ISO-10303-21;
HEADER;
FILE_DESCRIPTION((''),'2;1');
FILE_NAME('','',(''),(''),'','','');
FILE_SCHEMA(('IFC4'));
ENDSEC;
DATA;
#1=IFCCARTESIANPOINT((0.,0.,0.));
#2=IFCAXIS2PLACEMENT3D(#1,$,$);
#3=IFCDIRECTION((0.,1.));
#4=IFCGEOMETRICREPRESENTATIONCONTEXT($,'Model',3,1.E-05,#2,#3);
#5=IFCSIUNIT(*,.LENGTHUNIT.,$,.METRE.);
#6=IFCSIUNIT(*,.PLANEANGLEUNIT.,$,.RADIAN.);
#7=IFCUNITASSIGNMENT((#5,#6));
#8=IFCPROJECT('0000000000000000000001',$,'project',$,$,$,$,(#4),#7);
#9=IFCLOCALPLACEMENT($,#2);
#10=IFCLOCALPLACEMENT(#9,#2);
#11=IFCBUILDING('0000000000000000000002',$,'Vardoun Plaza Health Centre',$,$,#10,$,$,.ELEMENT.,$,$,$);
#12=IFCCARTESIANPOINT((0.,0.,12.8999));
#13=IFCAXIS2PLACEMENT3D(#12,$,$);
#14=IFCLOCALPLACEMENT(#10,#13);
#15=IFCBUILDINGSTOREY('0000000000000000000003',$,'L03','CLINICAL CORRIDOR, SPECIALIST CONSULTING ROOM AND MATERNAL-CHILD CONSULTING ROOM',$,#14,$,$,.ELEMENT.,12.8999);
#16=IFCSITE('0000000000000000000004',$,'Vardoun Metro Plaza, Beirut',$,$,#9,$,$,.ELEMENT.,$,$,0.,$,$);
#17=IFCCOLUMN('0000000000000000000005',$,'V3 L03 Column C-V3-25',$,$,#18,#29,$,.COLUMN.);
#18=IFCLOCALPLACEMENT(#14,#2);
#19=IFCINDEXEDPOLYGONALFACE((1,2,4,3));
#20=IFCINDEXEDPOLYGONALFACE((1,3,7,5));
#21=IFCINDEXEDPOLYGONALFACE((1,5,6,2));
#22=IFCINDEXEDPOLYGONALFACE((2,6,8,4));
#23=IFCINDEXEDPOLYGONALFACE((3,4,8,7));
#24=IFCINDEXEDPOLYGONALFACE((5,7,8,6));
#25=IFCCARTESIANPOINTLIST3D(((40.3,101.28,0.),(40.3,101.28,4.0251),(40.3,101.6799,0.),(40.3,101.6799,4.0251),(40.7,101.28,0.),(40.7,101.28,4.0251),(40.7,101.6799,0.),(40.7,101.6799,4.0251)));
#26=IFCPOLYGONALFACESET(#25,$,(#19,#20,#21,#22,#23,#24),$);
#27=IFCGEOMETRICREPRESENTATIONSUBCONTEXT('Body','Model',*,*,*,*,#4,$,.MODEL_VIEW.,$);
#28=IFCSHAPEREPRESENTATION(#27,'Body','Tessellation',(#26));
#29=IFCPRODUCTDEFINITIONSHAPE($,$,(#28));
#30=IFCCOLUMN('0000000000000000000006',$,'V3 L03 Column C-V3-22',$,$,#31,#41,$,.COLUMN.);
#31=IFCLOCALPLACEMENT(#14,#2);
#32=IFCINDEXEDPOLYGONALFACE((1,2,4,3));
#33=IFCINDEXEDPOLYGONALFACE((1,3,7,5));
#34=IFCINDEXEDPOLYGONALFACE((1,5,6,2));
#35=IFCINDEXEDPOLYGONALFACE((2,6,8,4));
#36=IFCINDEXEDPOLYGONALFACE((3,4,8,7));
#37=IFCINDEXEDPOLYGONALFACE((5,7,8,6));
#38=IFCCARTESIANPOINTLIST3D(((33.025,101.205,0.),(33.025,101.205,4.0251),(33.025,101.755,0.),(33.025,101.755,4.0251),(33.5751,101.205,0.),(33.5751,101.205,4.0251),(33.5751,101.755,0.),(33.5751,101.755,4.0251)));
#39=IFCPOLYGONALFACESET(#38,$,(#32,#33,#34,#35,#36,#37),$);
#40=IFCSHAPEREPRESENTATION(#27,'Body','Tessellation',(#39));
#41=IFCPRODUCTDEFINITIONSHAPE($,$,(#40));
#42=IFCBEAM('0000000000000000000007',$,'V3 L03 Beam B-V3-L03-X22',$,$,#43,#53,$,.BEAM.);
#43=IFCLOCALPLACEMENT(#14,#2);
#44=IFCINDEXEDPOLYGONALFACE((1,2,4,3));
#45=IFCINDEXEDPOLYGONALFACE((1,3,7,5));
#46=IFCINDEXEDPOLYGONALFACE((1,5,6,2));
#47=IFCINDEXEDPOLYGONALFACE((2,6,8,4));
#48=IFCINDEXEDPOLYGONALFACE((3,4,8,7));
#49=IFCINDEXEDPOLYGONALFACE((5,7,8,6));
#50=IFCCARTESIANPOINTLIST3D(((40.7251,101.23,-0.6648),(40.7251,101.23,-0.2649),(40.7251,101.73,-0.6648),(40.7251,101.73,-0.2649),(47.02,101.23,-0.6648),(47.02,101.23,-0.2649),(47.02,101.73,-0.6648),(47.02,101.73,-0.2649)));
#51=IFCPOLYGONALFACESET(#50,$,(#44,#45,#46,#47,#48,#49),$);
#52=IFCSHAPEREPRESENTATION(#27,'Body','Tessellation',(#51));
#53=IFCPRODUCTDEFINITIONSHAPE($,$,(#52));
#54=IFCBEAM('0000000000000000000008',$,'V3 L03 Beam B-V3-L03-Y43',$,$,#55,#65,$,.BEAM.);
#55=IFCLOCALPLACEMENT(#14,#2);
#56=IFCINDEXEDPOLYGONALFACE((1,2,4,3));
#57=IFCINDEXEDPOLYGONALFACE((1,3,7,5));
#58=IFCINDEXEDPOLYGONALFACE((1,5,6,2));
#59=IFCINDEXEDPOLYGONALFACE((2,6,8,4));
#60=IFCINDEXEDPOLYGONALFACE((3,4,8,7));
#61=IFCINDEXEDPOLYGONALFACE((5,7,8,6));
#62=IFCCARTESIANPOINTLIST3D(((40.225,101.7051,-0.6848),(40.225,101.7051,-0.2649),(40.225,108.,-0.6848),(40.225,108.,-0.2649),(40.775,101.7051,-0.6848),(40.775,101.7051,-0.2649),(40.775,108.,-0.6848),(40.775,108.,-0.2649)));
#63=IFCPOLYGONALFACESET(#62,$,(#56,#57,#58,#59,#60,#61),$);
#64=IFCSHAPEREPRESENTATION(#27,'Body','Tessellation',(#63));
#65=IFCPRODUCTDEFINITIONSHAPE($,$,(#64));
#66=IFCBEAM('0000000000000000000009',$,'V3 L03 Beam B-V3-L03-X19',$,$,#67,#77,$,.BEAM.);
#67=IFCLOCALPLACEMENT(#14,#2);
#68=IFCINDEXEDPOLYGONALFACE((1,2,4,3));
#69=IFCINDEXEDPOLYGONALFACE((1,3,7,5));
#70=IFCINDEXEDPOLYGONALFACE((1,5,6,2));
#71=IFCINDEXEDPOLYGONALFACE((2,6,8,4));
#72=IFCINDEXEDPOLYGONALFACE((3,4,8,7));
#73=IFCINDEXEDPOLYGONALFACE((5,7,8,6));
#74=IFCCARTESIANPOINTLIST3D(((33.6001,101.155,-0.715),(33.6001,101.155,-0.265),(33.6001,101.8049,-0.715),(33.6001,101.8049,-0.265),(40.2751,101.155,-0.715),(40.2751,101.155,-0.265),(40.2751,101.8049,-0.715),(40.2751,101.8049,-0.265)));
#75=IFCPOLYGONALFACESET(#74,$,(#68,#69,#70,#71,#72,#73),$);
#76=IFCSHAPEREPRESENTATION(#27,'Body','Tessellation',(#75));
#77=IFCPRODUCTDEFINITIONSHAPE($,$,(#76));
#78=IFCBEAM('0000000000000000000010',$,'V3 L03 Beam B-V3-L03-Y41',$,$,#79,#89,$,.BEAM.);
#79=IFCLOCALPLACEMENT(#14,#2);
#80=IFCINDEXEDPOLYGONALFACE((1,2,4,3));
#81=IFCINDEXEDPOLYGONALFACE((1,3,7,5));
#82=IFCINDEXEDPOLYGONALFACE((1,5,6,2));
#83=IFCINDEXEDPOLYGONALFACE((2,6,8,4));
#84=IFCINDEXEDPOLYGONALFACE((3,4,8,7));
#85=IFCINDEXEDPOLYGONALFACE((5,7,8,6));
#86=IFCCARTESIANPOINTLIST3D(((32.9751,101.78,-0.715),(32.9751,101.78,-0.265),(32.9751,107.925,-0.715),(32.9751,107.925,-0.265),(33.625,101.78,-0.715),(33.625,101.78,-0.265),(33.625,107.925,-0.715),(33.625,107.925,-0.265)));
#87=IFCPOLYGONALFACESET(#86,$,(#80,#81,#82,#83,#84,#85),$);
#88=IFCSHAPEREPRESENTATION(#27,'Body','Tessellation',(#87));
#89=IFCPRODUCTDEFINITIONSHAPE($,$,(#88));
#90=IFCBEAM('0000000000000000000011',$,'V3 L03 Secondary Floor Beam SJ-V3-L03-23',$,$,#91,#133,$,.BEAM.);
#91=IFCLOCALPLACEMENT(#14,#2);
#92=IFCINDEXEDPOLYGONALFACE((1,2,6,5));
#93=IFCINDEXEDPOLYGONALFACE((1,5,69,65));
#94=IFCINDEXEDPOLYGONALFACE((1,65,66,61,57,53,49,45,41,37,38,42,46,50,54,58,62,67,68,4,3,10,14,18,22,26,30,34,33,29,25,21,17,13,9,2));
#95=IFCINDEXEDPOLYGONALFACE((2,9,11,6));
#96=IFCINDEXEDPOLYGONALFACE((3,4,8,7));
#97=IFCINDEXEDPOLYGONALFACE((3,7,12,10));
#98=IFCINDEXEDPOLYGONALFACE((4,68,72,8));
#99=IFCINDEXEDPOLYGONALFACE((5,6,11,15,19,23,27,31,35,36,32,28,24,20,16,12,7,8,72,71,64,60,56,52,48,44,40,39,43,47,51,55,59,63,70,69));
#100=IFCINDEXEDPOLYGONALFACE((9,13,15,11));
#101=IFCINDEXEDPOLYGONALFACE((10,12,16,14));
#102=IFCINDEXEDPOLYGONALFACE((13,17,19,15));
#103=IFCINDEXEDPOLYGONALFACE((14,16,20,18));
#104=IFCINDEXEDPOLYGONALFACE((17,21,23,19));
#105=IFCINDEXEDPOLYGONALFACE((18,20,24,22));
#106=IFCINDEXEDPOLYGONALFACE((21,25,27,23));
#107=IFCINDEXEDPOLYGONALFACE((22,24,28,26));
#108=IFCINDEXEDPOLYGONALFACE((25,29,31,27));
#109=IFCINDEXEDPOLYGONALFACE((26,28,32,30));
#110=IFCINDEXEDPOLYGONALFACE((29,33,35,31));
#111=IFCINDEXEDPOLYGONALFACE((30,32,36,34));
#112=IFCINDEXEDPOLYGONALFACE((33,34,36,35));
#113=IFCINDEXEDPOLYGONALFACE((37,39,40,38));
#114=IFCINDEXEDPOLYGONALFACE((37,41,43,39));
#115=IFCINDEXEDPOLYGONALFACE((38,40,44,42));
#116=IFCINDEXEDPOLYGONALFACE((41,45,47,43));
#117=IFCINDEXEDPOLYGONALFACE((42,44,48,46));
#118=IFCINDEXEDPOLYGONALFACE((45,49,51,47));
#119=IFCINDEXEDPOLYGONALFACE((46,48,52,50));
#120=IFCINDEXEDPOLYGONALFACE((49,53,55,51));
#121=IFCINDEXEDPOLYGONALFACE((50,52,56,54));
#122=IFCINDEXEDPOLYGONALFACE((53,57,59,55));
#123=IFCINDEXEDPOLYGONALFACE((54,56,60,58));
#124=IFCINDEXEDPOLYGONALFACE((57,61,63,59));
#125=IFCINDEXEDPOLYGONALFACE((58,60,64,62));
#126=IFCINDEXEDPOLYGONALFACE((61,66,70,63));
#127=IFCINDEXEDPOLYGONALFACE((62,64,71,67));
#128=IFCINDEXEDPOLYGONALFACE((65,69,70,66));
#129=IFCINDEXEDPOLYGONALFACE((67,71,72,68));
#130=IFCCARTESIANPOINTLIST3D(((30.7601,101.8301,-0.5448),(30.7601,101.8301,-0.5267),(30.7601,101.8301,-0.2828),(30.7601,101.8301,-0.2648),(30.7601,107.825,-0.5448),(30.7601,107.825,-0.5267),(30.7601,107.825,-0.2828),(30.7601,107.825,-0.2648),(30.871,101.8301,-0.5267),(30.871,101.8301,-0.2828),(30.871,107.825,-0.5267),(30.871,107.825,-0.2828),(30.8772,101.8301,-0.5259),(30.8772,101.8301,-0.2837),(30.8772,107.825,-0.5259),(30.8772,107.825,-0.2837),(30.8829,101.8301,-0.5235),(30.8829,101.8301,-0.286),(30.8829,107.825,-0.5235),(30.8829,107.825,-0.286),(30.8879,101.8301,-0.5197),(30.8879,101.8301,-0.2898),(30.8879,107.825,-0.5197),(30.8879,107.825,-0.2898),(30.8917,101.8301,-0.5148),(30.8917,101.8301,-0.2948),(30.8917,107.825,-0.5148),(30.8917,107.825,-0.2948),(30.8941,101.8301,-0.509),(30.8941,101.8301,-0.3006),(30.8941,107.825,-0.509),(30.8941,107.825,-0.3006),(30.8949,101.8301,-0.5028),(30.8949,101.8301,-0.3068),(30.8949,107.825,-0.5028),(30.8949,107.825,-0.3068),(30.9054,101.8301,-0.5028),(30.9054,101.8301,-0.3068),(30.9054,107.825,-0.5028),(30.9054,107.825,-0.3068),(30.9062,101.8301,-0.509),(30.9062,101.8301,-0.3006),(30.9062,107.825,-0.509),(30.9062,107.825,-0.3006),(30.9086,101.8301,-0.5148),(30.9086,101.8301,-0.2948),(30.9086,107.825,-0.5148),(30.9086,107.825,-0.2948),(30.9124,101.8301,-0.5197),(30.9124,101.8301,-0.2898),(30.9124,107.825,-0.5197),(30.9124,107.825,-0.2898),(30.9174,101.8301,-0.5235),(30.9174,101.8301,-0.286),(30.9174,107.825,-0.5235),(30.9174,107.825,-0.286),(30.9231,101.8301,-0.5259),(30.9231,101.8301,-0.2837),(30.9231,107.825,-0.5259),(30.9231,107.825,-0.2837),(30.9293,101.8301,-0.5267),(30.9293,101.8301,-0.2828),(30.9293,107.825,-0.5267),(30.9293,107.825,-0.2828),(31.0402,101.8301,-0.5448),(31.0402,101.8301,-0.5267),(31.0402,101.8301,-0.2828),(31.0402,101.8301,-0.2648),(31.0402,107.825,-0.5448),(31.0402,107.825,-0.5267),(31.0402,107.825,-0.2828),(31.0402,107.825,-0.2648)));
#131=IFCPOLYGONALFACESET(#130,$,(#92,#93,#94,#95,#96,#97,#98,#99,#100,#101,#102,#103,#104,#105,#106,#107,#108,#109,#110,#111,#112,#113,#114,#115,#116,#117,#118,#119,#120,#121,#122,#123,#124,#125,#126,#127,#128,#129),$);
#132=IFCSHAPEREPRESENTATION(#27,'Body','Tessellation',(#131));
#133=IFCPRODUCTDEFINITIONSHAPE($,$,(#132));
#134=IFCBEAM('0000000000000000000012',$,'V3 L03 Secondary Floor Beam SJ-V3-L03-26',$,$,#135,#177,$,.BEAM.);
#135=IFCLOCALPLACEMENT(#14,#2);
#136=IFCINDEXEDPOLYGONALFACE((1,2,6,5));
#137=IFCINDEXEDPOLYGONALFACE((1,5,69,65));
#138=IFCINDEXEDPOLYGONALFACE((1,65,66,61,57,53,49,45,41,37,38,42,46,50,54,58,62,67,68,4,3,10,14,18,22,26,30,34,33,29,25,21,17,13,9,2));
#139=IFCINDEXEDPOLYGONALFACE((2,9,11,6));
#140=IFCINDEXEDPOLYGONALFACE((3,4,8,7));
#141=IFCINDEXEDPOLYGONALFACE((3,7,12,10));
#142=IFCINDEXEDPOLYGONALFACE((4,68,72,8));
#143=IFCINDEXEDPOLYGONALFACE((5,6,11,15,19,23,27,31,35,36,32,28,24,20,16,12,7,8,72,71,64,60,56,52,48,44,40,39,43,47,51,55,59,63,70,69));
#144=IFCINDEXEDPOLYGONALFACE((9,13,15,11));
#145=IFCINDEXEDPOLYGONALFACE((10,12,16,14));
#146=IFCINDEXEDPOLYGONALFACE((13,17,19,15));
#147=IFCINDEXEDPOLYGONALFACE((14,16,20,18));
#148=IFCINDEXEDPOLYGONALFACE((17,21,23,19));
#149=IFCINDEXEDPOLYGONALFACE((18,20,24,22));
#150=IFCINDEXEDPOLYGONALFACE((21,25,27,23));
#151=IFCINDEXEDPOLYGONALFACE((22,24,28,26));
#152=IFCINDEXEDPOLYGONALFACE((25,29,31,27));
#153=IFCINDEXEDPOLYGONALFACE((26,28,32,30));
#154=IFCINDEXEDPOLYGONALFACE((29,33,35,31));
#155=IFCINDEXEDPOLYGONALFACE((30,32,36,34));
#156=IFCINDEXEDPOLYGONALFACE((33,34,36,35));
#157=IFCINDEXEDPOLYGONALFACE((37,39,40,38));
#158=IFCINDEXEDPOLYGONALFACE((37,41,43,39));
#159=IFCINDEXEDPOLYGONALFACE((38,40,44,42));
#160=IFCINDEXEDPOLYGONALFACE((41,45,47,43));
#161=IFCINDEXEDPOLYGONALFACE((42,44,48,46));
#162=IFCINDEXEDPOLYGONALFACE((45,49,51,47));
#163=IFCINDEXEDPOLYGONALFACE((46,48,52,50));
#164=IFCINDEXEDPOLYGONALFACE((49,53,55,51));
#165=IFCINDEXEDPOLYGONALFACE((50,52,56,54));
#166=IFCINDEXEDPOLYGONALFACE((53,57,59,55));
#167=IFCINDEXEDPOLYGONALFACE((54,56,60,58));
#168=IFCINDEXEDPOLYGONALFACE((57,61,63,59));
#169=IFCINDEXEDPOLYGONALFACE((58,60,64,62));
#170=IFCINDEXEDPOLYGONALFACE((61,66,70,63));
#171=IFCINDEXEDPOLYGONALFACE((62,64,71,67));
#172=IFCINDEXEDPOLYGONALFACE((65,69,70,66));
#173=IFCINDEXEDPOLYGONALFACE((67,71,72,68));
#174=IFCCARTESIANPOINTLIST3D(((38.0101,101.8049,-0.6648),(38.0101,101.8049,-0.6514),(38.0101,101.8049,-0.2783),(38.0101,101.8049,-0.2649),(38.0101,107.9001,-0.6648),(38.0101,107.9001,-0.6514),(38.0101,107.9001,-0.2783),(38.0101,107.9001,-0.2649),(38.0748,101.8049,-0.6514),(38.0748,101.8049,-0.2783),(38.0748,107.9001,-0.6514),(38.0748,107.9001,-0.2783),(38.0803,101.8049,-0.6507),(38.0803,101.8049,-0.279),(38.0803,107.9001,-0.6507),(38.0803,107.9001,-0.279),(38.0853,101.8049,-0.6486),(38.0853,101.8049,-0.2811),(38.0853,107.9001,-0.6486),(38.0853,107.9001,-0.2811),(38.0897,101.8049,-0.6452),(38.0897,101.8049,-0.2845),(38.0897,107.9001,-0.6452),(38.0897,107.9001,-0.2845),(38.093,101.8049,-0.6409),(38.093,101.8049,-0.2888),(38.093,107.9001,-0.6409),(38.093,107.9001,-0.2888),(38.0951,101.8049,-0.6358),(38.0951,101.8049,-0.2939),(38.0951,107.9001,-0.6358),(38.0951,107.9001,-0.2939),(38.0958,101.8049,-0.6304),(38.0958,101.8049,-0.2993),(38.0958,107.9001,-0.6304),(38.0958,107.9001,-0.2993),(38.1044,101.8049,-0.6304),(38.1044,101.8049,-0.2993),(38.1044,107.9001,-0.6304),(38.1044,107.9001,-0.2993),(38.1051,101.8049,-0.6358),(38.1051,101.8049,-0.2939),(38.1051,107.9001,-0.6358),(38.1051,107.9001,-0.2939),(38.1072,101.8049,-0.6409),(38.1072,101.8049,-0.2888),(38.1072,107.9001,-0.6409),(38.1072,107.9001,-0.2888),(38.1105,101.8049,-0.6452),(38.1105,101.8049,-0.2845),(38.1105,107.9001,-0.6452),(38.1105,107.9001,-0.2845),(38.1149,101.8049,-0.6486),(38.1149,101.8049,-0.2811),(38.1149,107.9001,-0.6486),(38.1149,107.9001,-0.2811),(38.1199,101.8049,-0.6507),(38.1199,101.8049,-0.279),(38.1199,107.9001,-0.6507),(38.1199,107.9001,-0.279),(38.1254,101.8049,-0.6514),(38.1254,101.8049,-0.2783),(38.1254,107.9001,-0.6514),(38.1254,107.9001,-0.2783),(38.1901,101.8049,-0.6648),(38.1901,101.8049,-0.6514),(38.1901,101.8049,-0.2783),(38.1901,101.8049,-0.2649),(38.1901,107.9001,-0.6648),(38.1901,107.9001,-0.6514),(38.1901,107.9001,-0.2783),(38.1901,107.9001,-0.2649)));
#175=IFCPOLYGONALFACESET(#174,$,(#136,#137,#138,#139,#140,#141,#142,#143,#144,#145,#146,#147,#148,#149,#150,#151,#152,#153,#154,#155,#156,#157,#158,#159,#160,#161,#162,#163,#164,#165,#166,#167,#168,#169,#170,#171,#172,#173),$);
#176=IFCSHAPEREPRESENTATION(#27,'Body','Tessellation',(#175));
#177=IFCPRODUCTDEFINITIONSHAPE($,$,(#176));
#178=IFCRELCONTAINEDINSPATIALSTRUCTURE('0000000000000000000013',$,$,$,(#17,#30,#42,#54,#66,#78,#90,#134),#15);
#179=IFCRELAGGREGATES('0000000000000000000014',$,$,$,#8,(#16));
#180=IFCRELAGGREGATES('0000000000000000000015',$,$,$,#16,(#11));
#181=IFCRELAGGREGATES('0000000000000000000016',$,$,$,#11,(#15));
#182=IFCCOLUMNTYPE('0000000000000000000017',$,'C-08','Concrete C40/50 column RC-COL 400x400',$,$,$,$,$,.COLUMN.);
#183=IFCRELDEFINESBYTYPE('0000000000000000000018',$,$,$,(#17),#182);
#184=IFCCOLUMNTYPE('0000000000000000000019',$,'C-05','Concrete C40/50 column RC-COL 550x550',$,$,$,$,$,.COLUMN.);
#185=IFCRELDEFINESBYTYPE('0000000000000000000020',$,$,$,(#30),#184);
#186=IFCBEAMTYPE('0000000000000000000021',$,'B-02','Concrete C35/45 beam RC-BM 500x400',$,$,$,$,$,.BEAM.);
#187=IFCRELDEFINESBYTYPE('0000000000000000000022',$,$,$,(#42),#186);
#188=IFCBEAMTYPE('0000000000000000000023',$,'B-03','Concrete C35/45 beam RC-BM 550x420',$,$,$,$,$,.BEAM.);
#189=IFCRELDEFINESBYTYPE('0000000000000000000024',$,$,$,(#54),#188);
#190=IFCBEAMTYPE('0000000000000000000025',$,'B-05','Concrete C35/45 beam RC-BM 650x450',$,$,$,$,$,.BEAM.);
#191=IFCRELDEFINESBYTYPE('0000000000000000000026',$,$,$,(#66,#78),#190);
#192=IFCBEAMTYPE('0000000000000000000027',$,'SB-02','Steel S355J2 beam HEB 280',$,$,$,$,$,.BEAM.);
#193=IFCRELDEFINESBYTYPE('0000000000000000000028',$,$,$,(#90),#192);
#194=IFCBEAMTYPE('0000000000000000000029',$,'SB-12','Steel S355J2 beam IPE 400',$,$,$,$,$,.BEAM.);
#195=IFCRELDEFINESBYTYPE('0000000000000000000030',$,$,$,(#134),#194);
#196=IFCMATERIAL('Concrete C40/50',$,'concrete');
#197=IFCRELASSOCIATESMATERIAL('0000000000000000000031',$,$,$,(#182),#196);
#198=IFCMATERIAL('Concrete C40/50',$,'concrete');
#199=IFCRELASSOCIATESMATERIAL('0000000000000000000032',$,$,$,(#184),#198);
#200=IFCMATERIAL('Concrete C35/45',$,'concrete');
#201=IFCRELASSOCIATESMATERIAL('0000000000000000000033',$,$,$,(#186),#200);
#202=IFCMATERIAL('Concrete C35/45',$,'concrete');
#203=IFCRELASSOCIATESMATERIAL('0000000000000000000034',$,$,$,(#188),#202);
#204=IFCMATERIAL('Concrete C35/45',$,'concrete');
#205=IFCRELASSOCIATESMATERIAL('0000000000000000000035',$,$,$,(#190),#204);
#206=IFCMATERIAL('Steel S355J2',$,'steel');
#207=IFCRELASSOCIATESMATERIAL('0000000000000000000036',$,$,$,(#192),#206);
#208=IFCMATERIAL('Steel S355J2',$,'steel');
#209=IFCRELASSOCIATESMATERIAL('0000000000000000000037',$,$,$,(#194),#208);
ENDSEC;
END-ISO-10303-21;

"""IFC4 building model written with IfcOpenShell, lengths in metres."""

from ifc_helpers import new_model, si_unit, direction, frame, origin, origin_2d, place, context, subcontext, project, spatial, rectangle, i_section, extrude, material, material_profile, profile_set, type_object, element, save


model = new_model("IFC4")

# Units and contexts
model_context = context("Model", 3, precision=1e-05, world=origin(), true_north=direction((0.0, 1.0)))
body_context = subcontext(model_context, "Body", "Model", "MODEL_VIEW")
ifc_project = project(units=[si_unit("LENGTHUNIT", "METRE"), si_unit("PLANEANGLEUNIT", "RADIAN")], contexts=[model_context])

# Site, building, storey
site_placement = place(None, origin())
site = spatial("IfcSite", under=ifc_project, at=site_placement, Name="Vardoun Metro Plaza, Beirut", CompositionType="ELEMENT", RefElevation=0.0)
building_placement = place(site_placement, origin())
building = spatial("IfcBuilding", under=site, at=building_placement, Name="Vardoun Plaza Health Centre", CompositionType="ELEMENT")
storey_placement = place(building_placement, frame((0.0, 0.0, 12.8999)))
storey = spatial("IfcBuildingStorey", under=building, at=storey_placement, Name="L03", Description="CLINICAL CORRIDOR, SPECIALIST CONSULTING ROOM AND MATERNAL-CHILD CONSULTING ROOM", CompositionType="ELEMENT", Elevation=12.8999)

# Columns
ifc_material_1 = material(Name="Concrete C40/50", Category="concrete")
ifc_material_profile_1 = material_profile(ifc_material_1, rectangle(XDim=0.3999, YDim=0.3999, at=origin_2d()), Name="RC-COL 400x400")
ifc_profile_set_1 = profile_set([ifc_material_profile_1], Name="Concrete C40/50")
column_type_1 = type_object("IfcColumnType", Name="C-08", Description="Concrete C40/50 column RC-COL 400x400", PredefinedType="COLUMN", material=ifc_profile_set_1)
column_1_placement = place(storey_placement, frame((40.5, 101.48, 0.0), z_axis=(0.0, 0.0, 1.0), x_axis=(1.0, 0.0, 0.0)))
element("IfcColumn", 1, at=column_1_placement, inside=storey, type_object=column_type_1, Name="V3 L03 Column C-V3-25", PredefinedType="COLUMN", context=body_context, shape_type="SweptSolid", body=[
    extrude(rectangle(XDim=0.3999, YDim=0.3999, at=origin_2d()), origin(), (0.0, 0.0, 1.0), 4.0251),
])
ifc_material_2 = material(Name="Concrete C40/50", Category="concrete")
ifc_material_profile_2 = material_profile(ifc_material_2, rectangle(XDim=0.55, YDim=0.55, at=origin_2d()), Name="RC-COL 550x550")
ifc_profile_set_2 = profile_set([ifc_material_profile_2], Name="Concrete C40/50")
column_type_2 = type_object("IfcColumnType", Name="C-05", Description="Concrete C40/50 column RC-COL 550x550", PredefinedType="COLUMN", material=ifc_profile_set_2)
column_2_placement = place(storey_placement, frame((33.3, 101.48, 0.0), z_axis=(0.0, 0.0, 1.0), x_axis=(1.0, 0.0, 0.0)))
element("IfcColumn", 2, at=column_2_placement, inside=storey, type_object=column_type_2, Name="V3 L03 Column C-V3-22", PredefinedType="COLUMN", context=body_context, shape_type="SweptSolid", body=[
    extrude(rectangle(XDim=0.55, YDim=0.55, at=origin_2d()), origin(), (0.0, 0.0, 1.0), 4.0251),
])

# Beams
ifc_material_3 = material(Name="Concrete C35/45", Category="concrete")
ifc_material_profile_3 = material_profile(ifc_material_3, rectangle(XDim=0.5, YDim=0.3999, at=origin_2d()), Name="RC-BM 500x400")
ifc_profile_set_3 = profile_set([ifc_material_profile_3], Name="Concrete C35/45")
beam_type_1 = type_object("IfcBeamType", Name="B-02", Description="Concrete C35/45 beam RC-BM 500x400", PredefinedType="BEAM", material=ifc_profile_set_3)
beam_1_placement = place(storey_placement, frame((40.7251, 101.48, -0.4648), z_axis=(1.0, 0.0, 0.0), x_axis=(0.0, 1.0, 0.0)))
element("IfcBeam", 3, at=beam_1_placement, inside=storey, type_object=beam_type_1, Name="V3 L03 Beam B-V3-L03-X22", PredefinedType="BEAM", context=body_context, shape_type="SweptSolid", body=[
    extrude(rectangle(XDim=0.5, YDim=0.3999, at=origin_2d()), origin(), (0.0, 0.0, 1.0), 6.2949),
])
ifc_material_4 = material(Name="Concrete C35/45", Category="concrete")
ifc_material_profile_4 = material_profile(ifc_material_4, rectangle(XDim=0.55, YDim=0.4199, at=origin_2d()), Name="RC-BM 550x420")
ifc_profile_set_4 = profile_set([ifc_material_profile_4], Name="Concrete C35/45")
beam_type_2 = type_object("IfcBeamType", Name="B-03", Description="Concrete C35/45 beam RC-BM 550x420", PredefinedType="BEAM", material=ifc_profile_set_4)
beam_2_placement = place(storey_placement, frame((40.5, 101.7051, -0.4749), z_axis=(0.0, 1.0, 0.0), x_axis=(-1.0, 0.0, 0.0)))
element("IfcBeam", 4, at=beam_2_placement, inside=storey, type_object=beam_type_2, Name="V3 L03 Beam B-V3-L03-Y43", PredefinedType="BEAM", context=body_context, shape_type="SweptSolid", body=[
    extrude(rectangle(XDim=0.55, YDim=0.4199, at=origin_2d()), origin(), (0.0, 0.0, 1.0), 6.2949),
])
ifc_material_5 = material(Name="Concrete C35/45", Category="concrete")
ifc_material_profile_5 = material_profile(ifc_material_5, rectangle(XDim=0.6499, YDim=0.45, at=origin_2d()), Name="RC-BM 650x450")
ifc_profile_set_5 = profile_set([ifc_material_profile_5], Name="Concrete C35/45")
beam_type_3 = type_object("IfcBeamType", Name="B-05", Description="Concrete C35/45 beam RC-BM 650x450", PredefinedType="BEAM", material=ifc_profile_set_5)
beam_3_placement = place(storey_placement, frame((33.6001, 101.48, -0.49), z_axis=(1.0, 0.0, 0.0), x_axis=(0.0, 1.0, 0.0)))
element("IfcBeam", 5, at=beam_3_placement, inside=storey, type_object=beam_type_3, Name="V3 L03 Beam B-V3-L03-X19", PredefinedType="BEAM", context=body_context, shape_type="SweptSolid", body=[
    extrude(rectangle(XDim=0.6499, YDim=0.45, at=origin_2d()), origin(), (0.0, 0.0, 1.0), 6.675),
])
beam_4_placement = place(storey_placement, frame((33.3, 101.78, -0.49), z_axis=(0.0, 1.0, 0.0), x_axis=(-1.0, 0.0, 0.0)))
element("IfcBeam", 6, at=beam_4_placement, inside=storey, type_object=beam_type_3, Name="V3 L03 Beam B-V3-L03-Y41", PredefinedType="BEAM", context=body_context, shape_type="SweptSolid", body=[
    extrude(rectangle(XDim=0.6499, YDim=0.45, at=origin_2d()), origin(), (0.0, 0.0, 1.0), 6.145),
])
ifc_material_6 = material(Name="Steel S355J2", Category="steel")
ifc_material_profile_6 = material_profile(ifc_material_6, i_section(OverallWidth=0.28, OverallDepth=0.28, WebThickness=0.0105, FlangeThickness=0.0181, FilletRadius=0.0239, at=origin_2d()), Name="HEB 280")
ifc_profile_set_6 = profile_set([ifc_material_profile_6], Name="Steel S355J2")
beam_type_4 = type_object("IfcBeamType", Name="SB-02", Description="Steel S355J2 beam HEB 280", PredefinedType="BEAM", material=ifc_profile_set_6)
beam_5_placement = place(storey_placement, frame((30.9001, 101.8301, -0.4048), z_axis=(0.0, 1.0, 0.0), x_axis=(-1.0, 0.0, 0.0)))
element("IfcBeam", 7, at=beam_5_placement, inside=storey, type_object=beam_type_4, Name="V3 L03 Secondary Floor Beam SJ-V3-L03-23", PredefinedType="BEAM", context=body_context, shape_type="SweptSolid", body=[
    extrude(i_section(OverallWidth=0.28, OverallDepth=0.28, WebThickness=0.0105, FlangeThickness=0.0181, FilletRadius=0.0239, at=origin_2d()), origin(), (0.0, 0.0, 1.0), 5.9949),
])
ifc_material_7 = material(Name="Steel S355J2", Category="steel")
ifc_material_profile_7 = material_profile(ifc_material_7, i_section(OverallWidth=0.1799, OverallDepth=0.3999, WebThickness=0.0085, FlangeThickness=0.0134, FilletRadius=0.021, at=origin_2d()), Name="IPE 400")
ifc_profile_set_7 = profile_set([ifc_material_profile_7], Name="Steel S355J2")
beam_type_5 = type_object("IfcBeamType", Name="SB-12", Description="Steel S355J2 beam IPE 400", PredefinedType="BEAM", material=ifc_profile_set_7)
beam_6_placement = place(storey_placement, frame((38.1001, 101.8049, -0.4648), z_axis=(0.0, 1.0, 0.0), x_axis=(-1.0, 0.0, 0.0)))
element("IfcBeam", 8, at=beam_6_placement, inside=storey, type_object=beam_type_5, Name="V3 L03 Secondary Floor Beam SJ-V3-L03-26", PredefinedType="BEAM", context=body_context, shape_type="SweptSolid", body=[
    extrude(i_section(OverallWidth=0.1799, OverallDepth=0.3999, WebThickness=0.0085, FlangeThickness=0.0134, FilletRadius=0.021, at=origin_2d()), origin(), (0.0, 0.0, 1.0), 6.0952),
])

save(model, "model.ifc")
